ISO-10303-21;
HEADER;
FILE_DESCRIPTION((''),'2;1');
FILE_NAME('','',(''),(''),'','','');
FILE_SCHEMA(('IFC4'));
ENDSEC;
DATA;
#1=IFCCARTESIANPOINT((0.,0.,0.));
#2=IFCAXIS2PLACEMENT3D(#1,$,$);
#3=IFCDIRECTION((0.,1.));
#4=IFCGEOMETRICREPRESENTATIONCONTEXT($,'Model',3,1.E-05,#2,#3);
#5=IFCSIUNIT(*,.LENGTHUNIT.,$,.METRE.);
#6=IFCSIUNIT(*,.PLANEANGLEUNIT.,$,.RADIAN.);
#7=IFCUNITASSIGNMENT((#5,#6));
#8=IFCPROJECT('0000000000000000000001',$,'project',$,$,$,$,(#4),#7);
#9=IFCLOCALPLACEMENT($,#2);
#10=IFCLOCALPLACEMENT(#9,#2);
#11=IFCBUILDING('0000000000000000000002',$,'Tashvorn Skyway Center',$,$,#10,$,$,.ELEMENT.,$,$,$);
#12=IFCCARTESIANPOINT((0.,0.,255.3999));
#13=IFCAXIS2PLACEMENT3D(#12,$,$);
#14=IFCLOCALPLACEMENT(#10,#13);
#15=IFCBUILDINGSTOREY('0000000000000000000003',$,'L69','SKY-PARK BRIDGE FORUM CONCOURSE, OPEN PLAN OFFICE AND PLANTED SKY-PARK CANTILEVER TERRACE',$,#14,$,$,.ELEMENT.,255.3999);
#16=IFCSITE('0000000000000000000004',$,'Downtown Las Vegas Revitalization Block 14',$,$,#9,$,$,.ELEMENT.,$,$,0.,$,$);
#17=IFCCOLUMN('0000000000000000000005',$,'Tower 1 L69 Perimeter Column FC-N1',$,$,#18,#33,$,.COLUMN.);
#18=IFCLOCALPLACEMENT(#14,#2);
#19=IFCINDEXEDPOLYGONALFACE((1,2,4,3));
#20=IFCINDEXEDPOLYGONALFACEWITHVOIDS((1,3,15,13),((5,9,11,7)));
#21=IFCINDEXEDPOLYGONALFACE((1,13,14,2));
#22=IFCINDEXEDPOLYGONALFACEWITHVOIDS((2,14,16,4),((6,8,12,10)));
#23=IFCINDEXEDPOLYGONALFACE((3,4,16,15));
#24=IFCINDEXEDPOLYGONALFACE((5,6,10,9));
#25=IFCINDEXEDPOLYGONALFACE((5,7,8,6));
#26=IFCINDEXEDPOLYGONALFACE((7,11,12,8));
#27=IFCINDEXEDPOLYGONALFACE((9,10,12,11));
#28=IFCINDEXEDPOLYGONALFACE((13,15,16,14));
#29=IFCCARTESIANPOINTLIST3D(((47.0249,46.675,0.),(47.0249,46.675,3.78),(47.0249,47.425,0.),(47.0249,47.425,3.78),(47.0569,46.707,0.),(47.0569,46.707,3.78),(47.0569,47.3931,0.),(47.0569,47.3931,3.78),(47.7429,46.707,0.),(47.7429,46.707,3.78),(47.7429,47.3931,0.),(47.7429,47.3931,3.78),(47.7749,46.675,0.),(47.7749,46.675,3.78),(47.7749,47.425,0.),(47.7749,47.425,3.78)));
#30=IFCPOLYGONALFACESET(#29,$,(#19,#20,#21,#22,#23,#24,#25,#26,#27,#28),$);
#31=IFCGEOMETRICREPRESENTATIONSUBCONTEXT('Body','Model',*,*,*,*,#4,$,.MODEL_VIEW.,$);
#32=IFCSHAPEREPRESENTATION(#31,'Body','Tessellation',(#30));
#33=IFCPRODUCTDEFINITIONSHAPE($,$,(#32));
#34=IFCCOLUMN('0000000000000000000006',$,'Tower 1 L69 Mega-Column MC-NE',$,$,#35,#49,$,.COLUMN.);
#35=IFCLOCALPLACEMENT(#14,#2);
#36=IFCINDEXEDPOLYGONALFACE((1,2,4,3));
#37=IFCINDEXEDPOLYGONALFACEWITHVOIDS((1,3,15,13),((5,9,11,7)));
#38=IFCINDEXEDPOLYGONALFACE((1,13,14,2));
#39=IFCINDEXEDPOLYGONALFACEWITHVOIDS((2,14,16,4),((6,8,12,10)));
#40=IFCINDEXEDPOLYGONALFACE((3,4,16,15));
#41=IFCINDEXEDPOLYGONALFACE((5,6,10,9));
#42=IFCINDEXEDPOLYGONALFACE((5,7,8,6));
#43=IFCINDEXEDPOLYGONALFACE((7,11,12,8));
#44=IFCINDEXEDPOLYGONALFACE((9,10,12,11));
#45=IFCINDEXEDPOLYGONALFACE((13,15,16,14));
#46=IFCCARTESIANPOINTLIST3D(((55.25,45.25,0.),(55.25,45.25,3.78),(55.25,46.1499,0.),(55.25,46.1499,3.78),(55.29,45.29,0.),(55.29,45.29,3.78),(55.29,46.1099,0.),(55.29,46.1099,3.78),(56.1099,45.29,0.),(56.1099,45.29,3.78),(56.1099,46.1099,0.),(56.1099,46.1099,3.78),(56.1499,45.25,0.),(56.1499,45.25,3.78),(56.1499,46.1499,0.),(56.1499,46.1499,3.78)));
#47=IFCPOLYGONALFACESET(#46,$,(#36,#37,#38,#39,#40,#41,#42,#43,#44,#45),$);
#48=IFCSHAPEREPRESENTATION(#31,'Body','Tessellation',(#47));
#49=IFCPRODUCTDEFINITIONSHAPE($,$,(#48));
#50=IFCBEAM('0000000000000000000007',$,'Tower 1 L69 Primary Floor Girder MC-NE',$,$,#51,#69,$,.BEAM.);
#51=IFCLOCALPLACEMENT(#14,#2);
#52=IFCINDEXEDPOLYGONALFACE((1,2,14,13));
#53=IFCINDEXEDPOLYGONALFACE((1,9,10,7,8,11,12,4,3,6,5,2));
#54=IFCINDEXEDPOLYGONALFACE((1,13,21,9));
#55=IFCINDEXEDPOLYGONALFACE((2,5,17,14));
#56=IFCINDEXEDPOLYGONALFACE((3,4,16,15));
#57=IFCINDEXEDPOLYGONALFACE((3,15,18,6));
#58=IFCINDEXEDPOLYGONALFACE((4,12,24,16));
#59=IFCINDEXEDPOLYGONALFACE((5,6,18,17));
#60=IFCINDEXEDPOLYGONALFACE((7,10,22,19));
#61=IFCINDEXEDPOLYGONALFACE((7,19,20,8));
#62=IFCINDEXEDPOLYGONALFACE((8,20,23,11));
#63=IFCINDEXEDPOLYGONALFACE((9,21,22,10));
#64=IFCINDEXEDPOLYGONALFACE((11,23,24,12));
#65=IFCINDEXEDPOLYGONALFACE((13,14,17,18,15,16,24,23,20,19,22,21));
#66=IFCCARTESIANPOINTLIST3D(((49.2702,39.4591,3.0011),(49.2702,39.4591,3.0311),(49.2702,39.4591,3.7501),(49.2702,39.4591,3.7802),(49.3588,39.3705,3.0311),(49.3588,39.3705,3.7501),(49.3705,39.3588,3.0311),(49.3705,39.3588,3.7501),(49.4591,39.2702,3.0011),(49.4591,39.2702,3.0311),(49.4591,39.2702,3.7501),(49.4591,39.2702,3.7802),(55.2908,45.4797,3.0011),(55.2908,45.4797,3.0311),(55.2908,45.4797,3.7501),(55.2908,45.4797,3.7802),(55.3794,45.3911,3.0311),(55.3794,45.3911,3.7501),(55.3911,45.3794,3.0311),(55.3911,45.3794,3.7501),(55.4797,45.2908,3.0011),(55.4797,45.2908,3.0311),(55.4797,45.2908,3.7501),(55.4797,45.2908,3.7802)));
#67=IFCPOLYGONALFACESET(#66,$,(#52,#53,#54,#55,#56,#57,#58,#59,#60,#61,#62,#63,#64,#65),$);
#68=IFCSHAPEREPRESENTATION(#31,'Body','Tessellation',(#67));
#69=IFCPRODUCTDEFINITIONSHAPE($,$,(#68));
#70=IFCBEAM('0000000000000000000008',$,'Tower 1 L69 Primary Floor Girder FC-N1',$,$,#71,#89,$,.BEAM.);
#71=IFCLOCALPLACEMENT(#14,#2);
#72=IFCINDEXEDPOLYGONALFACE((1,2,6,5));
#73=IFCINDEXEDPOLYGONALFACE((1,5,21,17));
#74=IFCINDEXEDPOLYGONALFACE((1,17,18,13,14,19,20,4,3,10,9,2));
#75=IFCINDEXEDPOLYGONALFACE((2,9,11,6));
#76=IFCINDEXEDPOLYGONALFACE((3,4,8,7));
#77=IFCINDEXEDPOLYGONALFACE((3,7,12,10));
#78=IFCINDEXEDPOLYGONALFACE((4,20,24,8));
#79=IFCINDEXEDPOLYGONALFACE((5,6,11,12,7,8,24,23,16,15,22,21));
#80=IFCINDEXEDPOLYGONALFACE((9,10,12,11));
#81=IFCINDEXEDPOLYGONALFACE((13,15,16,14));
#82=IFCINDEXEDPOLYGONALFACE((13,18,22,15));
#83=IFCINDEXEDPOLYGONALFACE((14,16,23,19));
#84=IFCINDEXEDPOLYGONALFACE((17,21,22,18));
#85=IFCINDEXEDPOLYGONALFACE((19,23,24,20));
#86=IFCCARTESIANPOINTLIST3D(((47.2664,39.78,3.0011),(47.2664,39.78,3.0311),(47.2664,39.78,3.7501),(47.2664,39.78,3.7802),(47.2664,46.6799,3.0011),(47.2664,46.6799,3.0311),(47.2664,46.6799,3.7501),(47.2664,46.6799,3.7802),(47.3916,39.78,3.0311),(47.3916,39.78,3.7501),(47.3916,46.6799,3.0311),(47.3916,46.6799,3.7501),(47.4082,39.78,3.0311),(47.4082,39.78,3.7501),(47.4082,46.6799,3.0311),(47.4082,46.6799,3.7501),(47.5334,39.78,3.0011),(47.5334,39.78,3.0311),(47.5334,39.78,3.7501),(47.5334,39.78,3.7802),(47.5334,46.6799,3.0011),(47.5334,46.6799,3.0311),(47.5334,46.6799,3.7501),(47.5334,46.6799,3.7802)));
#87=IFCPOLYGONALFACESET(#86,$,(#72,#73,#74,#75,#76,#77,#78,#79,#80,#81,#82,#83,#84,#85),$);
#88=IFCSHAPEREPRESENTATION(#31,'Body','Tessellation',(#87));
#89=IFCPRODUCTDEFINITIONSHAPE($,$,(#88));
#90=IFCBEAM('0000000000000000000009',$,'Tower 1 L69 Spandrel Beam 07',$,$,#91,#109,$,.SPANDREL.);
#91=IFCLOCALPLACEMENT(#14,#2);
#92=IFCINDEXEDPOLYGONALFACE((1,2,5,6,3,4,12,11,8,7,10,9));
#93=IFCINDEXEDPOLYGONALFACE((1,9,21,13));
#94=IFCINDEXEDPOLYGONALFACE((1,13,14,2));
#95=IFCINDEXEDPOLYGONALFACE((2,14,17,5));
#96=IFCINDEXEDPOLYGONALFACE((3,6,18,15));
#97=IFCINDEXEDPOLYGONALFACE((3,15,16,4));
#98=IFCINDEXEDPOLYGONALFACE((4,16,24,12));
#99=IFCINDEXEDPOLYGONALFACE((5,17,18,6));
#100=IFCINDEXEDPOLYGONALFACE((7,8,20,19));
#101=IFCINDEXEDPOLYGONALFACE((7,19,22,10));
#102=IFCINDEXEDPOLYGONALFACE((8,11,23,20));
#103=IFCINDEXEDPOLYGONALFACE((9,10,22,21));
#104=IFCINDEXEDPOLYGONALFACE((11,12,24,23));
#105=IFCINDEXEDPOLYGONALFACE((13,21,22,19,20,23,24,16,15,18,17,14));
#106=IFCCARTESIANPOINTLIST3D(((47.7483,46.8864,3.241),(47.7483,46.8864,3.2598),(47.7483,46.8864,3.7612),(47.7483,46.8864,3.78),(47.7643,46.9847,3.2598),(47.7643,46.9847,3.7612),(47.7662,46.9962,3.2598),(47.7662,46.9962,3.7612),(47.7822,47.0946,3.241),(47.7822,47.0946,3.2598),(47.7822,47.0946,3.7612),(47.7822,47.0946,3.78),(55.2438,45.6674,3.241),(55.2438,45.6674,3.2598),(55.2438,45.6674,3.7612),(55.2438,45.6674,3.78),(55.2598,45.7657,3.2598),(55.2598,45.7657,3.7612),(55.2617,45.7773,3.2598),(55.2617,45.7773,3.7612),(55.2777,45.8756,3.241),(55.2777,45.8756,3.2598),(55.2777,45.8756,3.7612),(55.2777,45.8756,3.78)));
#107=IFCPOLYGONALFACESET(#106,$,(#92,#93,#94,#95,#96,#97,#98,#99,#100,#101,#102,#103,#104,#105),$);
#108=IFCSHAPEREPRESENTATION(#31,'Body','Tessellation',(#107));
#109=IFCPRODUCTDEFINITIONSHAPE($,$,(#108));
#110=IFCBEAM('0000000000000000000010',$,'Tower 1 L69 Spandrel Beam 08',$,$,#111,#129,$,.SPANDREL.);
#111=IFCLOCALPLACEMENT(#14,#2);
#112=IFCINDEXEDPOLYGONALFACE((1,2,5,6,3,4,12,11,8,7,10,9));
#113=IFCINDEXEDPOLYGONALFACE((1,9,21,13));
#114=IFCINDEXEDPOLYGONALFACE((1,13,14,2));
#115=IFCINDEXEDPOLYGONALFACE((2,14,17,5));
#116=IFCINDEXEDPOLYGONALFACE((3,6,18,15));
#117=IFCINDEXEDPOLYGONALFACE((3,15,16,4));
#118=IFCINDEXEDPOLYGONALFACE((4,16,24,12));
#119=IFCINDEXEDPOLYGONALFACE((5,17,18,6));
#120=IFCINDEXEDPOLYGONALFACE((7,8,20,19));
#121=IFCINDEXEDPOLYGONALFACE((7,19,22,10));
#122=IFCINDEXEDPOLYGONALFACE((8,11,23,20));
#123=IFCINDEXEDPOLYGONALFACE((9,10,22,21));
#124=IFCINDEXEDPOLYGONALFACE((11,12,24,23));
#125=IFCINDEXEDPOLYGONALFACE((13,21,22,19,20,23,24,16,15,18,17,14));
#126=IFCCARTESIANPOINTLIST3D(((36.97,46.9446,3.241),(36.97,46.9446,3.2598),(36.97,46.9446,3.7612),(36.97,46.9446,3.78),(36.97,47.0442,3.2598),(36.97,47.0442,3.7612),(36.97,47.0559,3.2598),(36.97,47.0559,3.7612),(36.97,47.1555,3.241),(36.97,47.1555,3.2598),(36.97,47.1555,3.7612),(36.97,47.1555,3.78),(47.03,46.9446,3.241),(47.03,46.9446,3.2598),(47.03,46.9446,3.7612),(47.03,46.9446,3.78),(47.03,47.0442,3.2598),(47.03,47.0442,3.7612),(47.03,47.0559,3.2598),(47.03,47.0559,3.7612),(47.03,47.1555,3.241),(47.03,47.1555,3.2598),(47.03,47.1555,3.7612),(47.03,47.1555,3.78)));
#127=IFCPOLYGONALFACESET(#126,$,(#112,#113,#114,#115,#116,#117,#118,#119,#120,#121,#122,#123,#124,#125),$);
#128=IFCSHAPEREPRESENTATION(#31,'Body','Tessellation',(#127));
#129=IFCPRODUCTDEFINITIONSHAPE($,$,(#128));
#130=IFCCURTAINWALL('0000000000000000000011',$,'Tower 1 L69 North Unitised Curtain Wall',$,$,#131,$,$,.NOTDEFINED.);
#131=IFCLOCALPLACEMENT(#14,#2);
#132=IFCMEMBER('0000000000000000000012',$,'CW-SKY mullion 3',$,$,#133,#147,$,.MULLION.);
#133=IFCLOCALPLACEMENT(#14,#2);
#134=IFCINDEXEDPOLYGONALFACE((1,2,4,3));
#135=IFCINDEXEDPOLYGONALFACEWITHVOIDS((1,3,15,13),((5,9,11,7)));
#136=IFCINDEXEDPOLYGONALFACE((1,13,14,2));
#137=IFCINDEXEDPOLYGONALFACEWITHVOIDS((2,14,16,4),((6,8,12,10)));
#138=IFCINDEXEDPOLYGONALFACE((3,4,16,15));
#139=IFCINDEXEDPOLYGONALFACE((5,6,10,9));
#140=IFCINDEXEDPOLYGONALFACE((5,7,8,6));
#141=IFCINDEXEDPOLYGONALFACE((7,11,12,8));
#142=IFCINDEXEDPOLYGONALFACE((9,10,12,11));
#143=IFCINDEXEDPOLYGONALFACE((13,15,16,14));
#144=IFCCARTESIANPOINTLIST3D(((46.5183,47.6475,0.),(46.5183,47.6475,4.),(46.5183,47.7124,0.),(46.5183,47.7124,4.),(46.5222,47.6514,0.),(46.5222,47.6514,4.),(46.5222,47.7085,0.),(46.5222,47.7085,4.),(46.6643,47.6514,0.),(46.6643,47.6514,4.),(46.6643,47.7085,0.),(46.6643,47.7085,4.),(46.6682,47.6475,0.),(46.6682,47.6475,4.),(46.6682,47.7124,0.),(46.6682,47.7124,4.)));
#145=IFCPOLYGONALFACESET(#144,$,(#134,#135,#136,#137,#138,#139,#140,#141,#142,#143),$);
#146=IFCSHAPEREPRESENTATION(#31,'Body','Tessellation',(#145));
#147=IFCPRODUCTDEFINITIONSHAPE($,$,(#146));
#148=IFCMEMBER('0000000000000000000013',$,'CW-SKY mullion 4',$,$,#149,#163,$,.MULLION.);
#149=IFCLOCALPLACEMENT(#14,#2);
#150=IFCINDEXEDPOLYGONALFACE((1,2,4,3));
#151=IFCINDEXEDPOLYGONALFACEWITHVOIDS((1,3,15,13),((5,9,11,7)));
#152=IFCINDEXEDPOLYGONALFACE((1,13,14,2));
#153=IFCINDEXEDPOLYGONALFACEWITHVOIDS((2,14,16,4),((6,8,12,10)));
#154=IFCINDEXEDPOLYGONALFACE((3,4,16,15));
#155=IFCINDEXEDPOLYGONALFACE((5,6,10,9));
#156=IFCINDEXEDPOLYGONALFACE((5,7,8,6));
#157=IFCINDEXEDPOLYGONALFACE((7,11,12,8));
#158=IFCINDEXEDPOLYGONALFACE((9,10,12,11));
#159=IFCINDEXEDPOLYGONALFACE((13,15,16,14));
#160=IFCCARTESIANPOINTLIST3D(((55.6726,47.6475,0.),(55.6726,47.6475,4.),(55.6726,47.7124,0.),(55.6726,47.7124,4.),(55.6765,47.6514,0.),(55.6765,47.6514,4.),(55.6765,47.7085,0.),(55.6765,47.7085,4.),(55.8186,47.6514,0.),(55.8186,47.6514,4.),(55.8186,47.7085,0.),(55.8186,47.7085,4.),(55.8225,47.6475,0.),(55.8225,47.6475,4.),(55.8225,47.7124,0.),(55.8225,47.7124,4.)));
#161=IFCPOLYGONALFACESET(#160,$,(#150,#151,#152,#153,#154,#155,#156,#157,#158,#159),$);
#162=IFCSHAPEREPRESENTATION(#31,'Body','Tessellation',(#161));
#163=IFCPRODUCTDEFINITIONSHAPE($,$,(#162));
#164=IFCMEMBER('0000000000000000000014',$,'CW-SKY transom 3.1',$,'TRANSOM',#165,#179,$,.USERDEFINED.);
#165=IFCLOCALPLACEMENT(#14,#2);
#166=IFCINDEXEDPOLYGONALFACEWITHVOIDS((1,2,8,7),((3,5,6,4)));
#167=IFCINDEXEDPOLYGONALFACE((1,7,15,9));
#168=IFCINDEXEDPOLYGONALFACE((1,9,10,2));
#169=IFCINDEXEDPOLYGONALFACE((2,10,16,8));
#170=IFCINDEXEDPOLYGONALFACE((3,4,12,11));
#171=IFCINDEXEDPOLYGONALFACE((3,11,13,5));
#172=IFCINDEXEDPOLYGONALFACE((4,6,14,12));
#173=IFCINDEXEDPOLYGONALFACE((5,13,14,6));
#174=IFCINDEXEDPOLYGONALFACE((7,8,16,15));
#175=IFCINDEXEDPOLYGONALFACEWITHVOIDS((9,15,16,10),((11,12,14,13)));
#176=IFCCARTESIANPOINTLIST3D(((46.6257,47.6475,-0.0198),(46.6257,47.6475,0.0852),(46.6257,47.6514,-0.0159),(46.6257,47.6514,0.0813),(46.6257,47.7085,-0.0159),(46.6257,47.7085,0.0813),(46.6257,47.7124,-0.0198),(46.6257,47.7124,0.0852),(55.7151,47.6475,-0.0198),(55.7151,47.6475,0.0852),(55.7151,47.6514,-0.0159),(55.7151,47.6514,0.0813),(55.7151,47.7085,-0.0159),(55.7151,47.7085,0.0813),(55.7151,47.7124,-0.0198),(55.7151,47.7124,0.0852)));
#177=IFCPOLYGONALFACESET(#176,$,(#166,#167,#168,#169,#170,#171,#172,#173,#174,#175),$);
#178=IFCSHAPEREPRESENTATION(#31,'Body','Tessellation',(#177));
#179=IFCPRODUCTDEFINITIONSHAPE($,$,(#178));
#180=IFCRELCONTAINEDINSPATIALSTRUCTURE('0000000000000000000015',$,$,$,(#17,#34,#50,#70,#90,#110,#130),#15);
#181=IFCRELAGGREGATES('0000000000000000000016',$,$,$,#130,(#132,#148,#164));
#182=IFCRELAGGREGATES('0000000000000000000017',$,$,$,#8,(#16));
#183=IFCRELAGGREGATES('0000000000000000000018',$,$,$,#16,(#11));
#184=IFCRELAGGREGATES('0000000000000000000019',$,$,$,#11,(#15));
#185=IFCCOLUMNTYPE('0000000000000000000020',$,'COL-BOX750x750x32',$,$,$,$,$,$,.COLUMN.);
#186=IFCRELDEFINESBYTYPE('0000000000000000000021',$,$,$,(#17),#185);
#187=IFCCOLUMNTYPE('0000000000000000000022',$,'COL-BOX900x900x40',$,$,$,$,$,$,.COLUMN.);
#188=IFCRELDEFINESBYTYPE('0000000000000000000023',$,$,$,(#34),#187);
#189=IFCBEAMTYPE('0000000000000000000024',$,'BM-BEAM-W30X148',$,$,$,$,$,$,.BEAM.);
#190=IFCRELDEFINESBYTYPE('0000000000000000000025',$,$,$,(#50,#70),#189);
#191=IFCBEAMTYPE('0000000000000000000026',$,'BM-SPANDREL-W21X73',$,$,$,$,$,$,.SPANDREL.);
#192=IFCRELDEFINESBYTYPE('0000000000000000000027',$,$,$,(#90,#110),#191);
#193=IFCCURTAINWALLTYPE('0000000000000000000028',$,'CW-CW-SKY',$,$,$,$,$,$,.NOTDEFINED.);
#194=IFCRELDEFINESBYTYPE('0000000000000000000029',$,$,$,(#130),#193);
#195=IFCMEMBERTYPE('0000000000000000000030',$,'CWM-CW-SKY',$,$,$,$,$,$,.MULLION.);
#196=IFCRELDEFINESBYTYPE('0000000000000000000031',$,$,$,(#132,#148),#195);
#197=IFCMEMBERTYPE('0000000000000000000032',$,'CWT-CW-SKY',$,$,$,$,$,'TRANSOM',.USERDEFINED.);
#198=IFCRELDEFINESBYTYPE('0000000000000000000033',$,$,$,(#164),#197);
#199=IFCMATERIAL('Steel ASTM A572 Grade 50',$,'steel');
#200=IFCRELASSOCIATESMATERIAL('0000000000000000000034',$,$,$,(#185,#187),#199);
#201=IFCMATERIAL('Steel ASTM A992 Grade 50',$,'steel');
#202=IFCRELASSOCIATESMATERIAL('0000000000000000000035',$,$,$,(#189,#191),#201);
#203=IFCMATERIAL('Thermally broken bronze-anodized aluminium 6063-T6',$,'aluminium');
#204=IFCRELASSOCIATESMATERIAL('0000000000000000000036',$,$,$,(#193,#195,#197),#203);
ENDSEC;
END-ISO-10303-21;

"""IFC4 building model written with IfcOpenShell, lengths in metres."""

from ifc_helpers import new_model, si_unit, direction, frame, origin, origin_2d, place, context, subcontext, project, spatial, hollow_rectangle, i_section, extrude, material, material_profile, profile_set, type_object, element, aggregate, save


model = new_model("IFC4")

# Units and contexts
model_context = context("Model", 3, precision=1e-05, world=origin(), true_north=direction((0.0, 1.0)))
body_context = subcontext(model_context, "Body", "Model", "MODEL_VIEW")
ifc_project = project(units=[si_unit("LENGTHUNIT", "METRE"), si_unit("PLANEANGLEUNIT", "RADIAN")], contexts=[model_context])

# Site, building, storey
site_placement = place(None, origin())
site = spatial("IfcSite", under=ifc_project, at=site_placement, Name="Downtown Las Vegas Revitalization Block 14", CompositionType="ELEMENT", RefElevation=0.0)
building_placement = place(site_placement, origin())
building = spatial("IfcBuilding", under=site, at=building_placement, Name="Tashvorn Skyway Center", CompositionType="ELEMENT")
storey_placement = place(building_placement, frame((0.0, 0.0, 255.3999)))
storey = spatial("IfcBuildingStorey", under=building, at=storey_placement, Name="L69", Description="SKY-PARK BRIDGE FORUM CONCOURSE, OPEN PLAN OFFICE AND PLANTED SKY-PARK CANTILEVER TERRACE", CompositionType="ELEMENT", Elevation=255.3999)

# Columns
ifc_material_1 = material(Name="Steel ASTM A572 Grade 50", Category="steel")
ifc_material_profile_1 = material_profile(ifc_material_1, hollow_rectangle(XDim=0.75, YDim=0.75, WallThickness=0.032, at=origin_2d()), Name="BOX750x750x32")
ifc_profile_set_1 = profile_set([ifc_material_profile_1], Name="Steel ASTM A572 Grade 50")
column_type_1 = type_object("IfcColumnType", Name="COL-BOX750x750x32", PredefinedType="COLUMN", material=ifc_profile_set_1)
column_1_placement = place(storey_placement, frame((47.3999, 47.05, 0.0), z_axis=(0.0, 0.0, 1.0), x_axis=(1.0, 0.0, 0.0)))
element("IfcColumn", 1, at=column_1_placement, inside=storey, type_object=column_type_1, Name="Tower 1 L69 Perimeter Column FC-N1", PredefinedType="COLUMN", context=body_context, shape_type="SweptSolid", body=[
    extrude(hollow_rectangle(XDim=0.75, YDim=0.75, WallThickness=0.032, at=origin_2d()), origin(), (0.0, 0.0, 1.0), 3.78),
])
ifc_material_profile_2 = material_profile(ifc_material_1, hollow_rectangle(XDim=0.8999, YDim=0.8999, WallThickness=0.04, at=origin_2d()), Name="BOX900x900x40")
ifc_profile_set_2 = profile_set([ifc_material_profile_2], Name="Steel ASTM A572 Grade 50")
column_type_2 = type_object("IfcColumnType", Name="COL-BOX900x900x40", PredefinedType="COLUMN", material=ifc_profile_set_2)
column_2_placement = place(storey_placement, frame((55.7, 45.7, 0.0), z_axis=(0.0, 0.0, 1.0), x_axis=(1.0, 0.0, 0.0)))
element("IfcColumn", 2, at=column_2_placement, inside=storey, type_object=column_type_2, Name="Tower 1 L69 Mega-Column MC-NE", PredefinedType="COLUMN", context=body_context, shape_type="SweptSolid", body=[
    extrude(hollow_rectangle(XDim=0.8999, YDim=0.8999, WallThickness=0.04, at=origin_2d()), origin(), (0.0, 0.0, 1.0), 3.78),
])

# Beams
ifc_material_2 = material(Name="Steel ASTM A992 Grade 50", Category="steel")
ifc_material_profile_3 = material_profile(ifc_material_2, i_section(OverallWidth=0.2671, OverallDepth=0.7791, WebThickness=0.0166, FlangeThickness=0.03, at=origin_2d()), Name="W30X148")
ifc_profile_set_3 = profile_set([ifc_material_profile_3], Name="Steel ASTM A992 Grade 50")
beam_type_1 = type_object("IfcBeamType", Name="BM-BEAM-W30X148", PredefinedType="BEAM", material=ifc_profile_set_3)
beam_1_placement = place(storey_placement, frame((55.3853, 45.3853, 3.3906), z_axis=(-0.707107, -0.707107, 0.0), x_axis=(0.707107, -0.707107, 0.0)))
element("IfcBeam", 3, at=beam_1_placement, inside=storey, type_object=beam_type_1, Name="Tower 1 L69 Primary Floor Girder MC-NE", PredefinedType="BEAM", context=body_context, shape_type="SweptSolid", body=[
    extrude(i_section(OverallWidth=0.2671, OverallDepth=0.7791, WebThickness=0.0166, FlangeThickness=0.03, at=origin_2d()), origin(), (0.0, 0.0, 1.0), 8.5144),
])
beam_2_placement = place(storey_placement, frame((47.3999, 46.6799, 3.3906), z_axis=(0.0, -1.0, 0.0), x_axis=(1.0, 0.0, 0.0)))
element("IfcBeam", 4, at=beam_2_placement, inside=storey, type_object=beam_type_1, Name="Tower 1 L69 Primary Floor Girder FC-N1", PredefinedType="BEAM", context=body_context, shape_type="SweptSolid", body=[
    extrude(i_section(OverallWidth=0.2671, OverallDepth=0.7791, WebThickness=0.0166, FlangeThickness=0.03, at=origin_2d()), origin(), (0.0, 0.0, 1.0), 6.8999),
])
ifc_material_profile_4 = material_profile(ifc_material_2, i_section(OverallWidth=0.2109, OverallDepth=0.5391, WebThickness=0.0117, FlangeThickness=0.0188, at=origin_2d()), Name="W21X73")
ifc_profile_set_4 = profile_set([ifc_material_profile_4], Name="Steel ASTM A992 Grade 50")
beam_type_2 = type_object("IfcBeamType", Name="BM-SPANDREL-W21X73", PredefinedType="SPANDREL", material=ifc_profile_set_4)
beam_3_placement = place(storey_placement, frame((55.2607, 45.7715, 3.5105), z_axis=(-0.987033, 0.160519, 0.0), x_axis=(-0.160519, -0.987033, 0.0)))
element("IfcBeam", 5, at=beam_3_placement, inside=storey, type_object=beam_type_2, Name="Tower 1 L69 Spandrel Beam 07", PredefinedType="SPANDREL", context=body_context, shape_type="SweptSolid", body=[
    extrude(i_section(OverallWidth=0.2109, OverallDepth=0.5391, WebThickness=0.0117, FlangeThickness=0.0188, at=origin_2d()), origin(), (0.0, 0.0, 1.0), 7.594),
])
beam_4_placement = place(storey_placement, frame((47.03, 47.05, 3.5105), z_axis=(-1.0, 0.0, 0.0), x_axis=(0.0, -1.0, 0.0)))
element("IfcBeam", 6, at=beam_4_placement, inside=storey, type_object=beam_type_2, Name="Tower 1 L69 Spandrel Beam 08", PredefinedType="SPANDREL", context=body_context, shape_type="SweptSolid", body=[
    extrude(i_section(OverallWidth=0.2109, OverallDepth=0.5391, WebThickness=0.0117, FlangeThickness=0.0188, at=origin_2d()), origin(), (0.0, 0.0, 1.0), 10.0601),
])

# Curtain wall, members
ifc_material_3 = material(Name="Thermally broken bronze-anodized aluminium 6063-T6", Category="aluminium")
curtain_wall_type = type_object("IfcCurtainWallType", Name="CW-CW-SKY", PredefinedType="NOTDEFINED", material=ifc_material_3)
curtain_wall_placement = place(storey_placement, origin())
curtain_wall = element("IfcCurtainWall", 7, at=curtain_wall_placement, inside=storey, type_object=curtain_wall_type, Name="Tower 1 L69 North Unitised Curtain Wall", PredefinedType="NOTDEFINED")
ifc_material_profile_5 = material_profile(ifc_material_3, hollow_rectangle(XDim=0.0649, YDim=0.1499, WallThickness=0.0039, at=origin_2d()), Name="ALU-MULL-65x150")
ifc_profile_set_5 = profile_set([ifc_material_profile_5], Name="Thermally broken bronze-anodized aluminium 6063-T6")
member_type_1 = type_object("IfcMemberType", Name="CWM-CW-SKY", PredefinedType="MULLION", material=ifc_profile_set_5)
member_1_placement = place(storey_placement, frame((46.5933, 47.6799, 0.0), z_axis=(0.0, 0.0, 1.0), x_axis=(0.0, 1.0, 0.0)))
member_1 = element("IfcMember", 8, at=member_1_placement, type_object=member_type_1, Name="CW-SKY mullion 3", PredefinedType="MULLION", context=body_context, shape_type="SweptSolid", body=[
    extrude(hollow_rectangle(XDim=0.0649, YDim=0.1499, WallThickness=0.0039, at=origin_2d()), origin(), (0.0, 0.0, 1.0), 4.0),
])
member_2_placement = place(storey_placement, frame((55.7476, 47.6799, 0.0), z_axis=(0.0, 0.0, 1.0), x_axis=(0.0, 1.0, 0.0)))
member_2 = element("IfcMember", 9, at=member_2_placement, type_object=member_type_1, Name="CW-SKY mullion 4", PredefinedType="MULLION", context=body_context, shape_type="SweptSolid", body=[
    extrude(hollow_rectangle(XDim=0.0649, YDim=0.1499, WallThickness=0.0039, at=origin_2d()), origin(), (0.0, 0.0, 1.0), 4.0),
])
ifc_material_profile_6 = material_profile(ifc_material_3, hollow_rectangle(XDim=0.0649, YDim=0.105, WallThickness=0.0039, at=origin_2d()), Name="ALU-TRAN-65x105")
ifc_profile_set_6 = profile_set([ifc_material_profile_6], Name="Thermally broken bronze-anodized aluminium 6063-T6")
member_type_2 = type_object("IfcMemberType", Name="CWT-CW-SKY", ElementType="TRANSOM", PredefinedType="USERDEFINED", material=ifc_profile_set_6)
member_3_placement = place(storey_placement, frame((46.6257, 47.6799, 0.0327), z_axis=(1.0, 0.0, 0.0), x_axis=(0.0, 1.0, 0.0)))
member_3 = element("IfcMember", 10, at=member_3_placement, type_object=member_type_2, Name="CW-SKY transom 3.1", ObjectType="TRANSOM", PredefinedType="USERDEFINED", context=body_context, shape_type="SweptSolid", body=[
    extrude(hollow_rectangle(XDim=0.0649, YDim=0.105, WallThickness=0.0039, at=origin_2d()), origin(), (0.0, 0.0, 1.0), 9.0894),
])

aggregate(curtain_wall, [member_1, member_2, member_3])

save(model, "model.ifc")
